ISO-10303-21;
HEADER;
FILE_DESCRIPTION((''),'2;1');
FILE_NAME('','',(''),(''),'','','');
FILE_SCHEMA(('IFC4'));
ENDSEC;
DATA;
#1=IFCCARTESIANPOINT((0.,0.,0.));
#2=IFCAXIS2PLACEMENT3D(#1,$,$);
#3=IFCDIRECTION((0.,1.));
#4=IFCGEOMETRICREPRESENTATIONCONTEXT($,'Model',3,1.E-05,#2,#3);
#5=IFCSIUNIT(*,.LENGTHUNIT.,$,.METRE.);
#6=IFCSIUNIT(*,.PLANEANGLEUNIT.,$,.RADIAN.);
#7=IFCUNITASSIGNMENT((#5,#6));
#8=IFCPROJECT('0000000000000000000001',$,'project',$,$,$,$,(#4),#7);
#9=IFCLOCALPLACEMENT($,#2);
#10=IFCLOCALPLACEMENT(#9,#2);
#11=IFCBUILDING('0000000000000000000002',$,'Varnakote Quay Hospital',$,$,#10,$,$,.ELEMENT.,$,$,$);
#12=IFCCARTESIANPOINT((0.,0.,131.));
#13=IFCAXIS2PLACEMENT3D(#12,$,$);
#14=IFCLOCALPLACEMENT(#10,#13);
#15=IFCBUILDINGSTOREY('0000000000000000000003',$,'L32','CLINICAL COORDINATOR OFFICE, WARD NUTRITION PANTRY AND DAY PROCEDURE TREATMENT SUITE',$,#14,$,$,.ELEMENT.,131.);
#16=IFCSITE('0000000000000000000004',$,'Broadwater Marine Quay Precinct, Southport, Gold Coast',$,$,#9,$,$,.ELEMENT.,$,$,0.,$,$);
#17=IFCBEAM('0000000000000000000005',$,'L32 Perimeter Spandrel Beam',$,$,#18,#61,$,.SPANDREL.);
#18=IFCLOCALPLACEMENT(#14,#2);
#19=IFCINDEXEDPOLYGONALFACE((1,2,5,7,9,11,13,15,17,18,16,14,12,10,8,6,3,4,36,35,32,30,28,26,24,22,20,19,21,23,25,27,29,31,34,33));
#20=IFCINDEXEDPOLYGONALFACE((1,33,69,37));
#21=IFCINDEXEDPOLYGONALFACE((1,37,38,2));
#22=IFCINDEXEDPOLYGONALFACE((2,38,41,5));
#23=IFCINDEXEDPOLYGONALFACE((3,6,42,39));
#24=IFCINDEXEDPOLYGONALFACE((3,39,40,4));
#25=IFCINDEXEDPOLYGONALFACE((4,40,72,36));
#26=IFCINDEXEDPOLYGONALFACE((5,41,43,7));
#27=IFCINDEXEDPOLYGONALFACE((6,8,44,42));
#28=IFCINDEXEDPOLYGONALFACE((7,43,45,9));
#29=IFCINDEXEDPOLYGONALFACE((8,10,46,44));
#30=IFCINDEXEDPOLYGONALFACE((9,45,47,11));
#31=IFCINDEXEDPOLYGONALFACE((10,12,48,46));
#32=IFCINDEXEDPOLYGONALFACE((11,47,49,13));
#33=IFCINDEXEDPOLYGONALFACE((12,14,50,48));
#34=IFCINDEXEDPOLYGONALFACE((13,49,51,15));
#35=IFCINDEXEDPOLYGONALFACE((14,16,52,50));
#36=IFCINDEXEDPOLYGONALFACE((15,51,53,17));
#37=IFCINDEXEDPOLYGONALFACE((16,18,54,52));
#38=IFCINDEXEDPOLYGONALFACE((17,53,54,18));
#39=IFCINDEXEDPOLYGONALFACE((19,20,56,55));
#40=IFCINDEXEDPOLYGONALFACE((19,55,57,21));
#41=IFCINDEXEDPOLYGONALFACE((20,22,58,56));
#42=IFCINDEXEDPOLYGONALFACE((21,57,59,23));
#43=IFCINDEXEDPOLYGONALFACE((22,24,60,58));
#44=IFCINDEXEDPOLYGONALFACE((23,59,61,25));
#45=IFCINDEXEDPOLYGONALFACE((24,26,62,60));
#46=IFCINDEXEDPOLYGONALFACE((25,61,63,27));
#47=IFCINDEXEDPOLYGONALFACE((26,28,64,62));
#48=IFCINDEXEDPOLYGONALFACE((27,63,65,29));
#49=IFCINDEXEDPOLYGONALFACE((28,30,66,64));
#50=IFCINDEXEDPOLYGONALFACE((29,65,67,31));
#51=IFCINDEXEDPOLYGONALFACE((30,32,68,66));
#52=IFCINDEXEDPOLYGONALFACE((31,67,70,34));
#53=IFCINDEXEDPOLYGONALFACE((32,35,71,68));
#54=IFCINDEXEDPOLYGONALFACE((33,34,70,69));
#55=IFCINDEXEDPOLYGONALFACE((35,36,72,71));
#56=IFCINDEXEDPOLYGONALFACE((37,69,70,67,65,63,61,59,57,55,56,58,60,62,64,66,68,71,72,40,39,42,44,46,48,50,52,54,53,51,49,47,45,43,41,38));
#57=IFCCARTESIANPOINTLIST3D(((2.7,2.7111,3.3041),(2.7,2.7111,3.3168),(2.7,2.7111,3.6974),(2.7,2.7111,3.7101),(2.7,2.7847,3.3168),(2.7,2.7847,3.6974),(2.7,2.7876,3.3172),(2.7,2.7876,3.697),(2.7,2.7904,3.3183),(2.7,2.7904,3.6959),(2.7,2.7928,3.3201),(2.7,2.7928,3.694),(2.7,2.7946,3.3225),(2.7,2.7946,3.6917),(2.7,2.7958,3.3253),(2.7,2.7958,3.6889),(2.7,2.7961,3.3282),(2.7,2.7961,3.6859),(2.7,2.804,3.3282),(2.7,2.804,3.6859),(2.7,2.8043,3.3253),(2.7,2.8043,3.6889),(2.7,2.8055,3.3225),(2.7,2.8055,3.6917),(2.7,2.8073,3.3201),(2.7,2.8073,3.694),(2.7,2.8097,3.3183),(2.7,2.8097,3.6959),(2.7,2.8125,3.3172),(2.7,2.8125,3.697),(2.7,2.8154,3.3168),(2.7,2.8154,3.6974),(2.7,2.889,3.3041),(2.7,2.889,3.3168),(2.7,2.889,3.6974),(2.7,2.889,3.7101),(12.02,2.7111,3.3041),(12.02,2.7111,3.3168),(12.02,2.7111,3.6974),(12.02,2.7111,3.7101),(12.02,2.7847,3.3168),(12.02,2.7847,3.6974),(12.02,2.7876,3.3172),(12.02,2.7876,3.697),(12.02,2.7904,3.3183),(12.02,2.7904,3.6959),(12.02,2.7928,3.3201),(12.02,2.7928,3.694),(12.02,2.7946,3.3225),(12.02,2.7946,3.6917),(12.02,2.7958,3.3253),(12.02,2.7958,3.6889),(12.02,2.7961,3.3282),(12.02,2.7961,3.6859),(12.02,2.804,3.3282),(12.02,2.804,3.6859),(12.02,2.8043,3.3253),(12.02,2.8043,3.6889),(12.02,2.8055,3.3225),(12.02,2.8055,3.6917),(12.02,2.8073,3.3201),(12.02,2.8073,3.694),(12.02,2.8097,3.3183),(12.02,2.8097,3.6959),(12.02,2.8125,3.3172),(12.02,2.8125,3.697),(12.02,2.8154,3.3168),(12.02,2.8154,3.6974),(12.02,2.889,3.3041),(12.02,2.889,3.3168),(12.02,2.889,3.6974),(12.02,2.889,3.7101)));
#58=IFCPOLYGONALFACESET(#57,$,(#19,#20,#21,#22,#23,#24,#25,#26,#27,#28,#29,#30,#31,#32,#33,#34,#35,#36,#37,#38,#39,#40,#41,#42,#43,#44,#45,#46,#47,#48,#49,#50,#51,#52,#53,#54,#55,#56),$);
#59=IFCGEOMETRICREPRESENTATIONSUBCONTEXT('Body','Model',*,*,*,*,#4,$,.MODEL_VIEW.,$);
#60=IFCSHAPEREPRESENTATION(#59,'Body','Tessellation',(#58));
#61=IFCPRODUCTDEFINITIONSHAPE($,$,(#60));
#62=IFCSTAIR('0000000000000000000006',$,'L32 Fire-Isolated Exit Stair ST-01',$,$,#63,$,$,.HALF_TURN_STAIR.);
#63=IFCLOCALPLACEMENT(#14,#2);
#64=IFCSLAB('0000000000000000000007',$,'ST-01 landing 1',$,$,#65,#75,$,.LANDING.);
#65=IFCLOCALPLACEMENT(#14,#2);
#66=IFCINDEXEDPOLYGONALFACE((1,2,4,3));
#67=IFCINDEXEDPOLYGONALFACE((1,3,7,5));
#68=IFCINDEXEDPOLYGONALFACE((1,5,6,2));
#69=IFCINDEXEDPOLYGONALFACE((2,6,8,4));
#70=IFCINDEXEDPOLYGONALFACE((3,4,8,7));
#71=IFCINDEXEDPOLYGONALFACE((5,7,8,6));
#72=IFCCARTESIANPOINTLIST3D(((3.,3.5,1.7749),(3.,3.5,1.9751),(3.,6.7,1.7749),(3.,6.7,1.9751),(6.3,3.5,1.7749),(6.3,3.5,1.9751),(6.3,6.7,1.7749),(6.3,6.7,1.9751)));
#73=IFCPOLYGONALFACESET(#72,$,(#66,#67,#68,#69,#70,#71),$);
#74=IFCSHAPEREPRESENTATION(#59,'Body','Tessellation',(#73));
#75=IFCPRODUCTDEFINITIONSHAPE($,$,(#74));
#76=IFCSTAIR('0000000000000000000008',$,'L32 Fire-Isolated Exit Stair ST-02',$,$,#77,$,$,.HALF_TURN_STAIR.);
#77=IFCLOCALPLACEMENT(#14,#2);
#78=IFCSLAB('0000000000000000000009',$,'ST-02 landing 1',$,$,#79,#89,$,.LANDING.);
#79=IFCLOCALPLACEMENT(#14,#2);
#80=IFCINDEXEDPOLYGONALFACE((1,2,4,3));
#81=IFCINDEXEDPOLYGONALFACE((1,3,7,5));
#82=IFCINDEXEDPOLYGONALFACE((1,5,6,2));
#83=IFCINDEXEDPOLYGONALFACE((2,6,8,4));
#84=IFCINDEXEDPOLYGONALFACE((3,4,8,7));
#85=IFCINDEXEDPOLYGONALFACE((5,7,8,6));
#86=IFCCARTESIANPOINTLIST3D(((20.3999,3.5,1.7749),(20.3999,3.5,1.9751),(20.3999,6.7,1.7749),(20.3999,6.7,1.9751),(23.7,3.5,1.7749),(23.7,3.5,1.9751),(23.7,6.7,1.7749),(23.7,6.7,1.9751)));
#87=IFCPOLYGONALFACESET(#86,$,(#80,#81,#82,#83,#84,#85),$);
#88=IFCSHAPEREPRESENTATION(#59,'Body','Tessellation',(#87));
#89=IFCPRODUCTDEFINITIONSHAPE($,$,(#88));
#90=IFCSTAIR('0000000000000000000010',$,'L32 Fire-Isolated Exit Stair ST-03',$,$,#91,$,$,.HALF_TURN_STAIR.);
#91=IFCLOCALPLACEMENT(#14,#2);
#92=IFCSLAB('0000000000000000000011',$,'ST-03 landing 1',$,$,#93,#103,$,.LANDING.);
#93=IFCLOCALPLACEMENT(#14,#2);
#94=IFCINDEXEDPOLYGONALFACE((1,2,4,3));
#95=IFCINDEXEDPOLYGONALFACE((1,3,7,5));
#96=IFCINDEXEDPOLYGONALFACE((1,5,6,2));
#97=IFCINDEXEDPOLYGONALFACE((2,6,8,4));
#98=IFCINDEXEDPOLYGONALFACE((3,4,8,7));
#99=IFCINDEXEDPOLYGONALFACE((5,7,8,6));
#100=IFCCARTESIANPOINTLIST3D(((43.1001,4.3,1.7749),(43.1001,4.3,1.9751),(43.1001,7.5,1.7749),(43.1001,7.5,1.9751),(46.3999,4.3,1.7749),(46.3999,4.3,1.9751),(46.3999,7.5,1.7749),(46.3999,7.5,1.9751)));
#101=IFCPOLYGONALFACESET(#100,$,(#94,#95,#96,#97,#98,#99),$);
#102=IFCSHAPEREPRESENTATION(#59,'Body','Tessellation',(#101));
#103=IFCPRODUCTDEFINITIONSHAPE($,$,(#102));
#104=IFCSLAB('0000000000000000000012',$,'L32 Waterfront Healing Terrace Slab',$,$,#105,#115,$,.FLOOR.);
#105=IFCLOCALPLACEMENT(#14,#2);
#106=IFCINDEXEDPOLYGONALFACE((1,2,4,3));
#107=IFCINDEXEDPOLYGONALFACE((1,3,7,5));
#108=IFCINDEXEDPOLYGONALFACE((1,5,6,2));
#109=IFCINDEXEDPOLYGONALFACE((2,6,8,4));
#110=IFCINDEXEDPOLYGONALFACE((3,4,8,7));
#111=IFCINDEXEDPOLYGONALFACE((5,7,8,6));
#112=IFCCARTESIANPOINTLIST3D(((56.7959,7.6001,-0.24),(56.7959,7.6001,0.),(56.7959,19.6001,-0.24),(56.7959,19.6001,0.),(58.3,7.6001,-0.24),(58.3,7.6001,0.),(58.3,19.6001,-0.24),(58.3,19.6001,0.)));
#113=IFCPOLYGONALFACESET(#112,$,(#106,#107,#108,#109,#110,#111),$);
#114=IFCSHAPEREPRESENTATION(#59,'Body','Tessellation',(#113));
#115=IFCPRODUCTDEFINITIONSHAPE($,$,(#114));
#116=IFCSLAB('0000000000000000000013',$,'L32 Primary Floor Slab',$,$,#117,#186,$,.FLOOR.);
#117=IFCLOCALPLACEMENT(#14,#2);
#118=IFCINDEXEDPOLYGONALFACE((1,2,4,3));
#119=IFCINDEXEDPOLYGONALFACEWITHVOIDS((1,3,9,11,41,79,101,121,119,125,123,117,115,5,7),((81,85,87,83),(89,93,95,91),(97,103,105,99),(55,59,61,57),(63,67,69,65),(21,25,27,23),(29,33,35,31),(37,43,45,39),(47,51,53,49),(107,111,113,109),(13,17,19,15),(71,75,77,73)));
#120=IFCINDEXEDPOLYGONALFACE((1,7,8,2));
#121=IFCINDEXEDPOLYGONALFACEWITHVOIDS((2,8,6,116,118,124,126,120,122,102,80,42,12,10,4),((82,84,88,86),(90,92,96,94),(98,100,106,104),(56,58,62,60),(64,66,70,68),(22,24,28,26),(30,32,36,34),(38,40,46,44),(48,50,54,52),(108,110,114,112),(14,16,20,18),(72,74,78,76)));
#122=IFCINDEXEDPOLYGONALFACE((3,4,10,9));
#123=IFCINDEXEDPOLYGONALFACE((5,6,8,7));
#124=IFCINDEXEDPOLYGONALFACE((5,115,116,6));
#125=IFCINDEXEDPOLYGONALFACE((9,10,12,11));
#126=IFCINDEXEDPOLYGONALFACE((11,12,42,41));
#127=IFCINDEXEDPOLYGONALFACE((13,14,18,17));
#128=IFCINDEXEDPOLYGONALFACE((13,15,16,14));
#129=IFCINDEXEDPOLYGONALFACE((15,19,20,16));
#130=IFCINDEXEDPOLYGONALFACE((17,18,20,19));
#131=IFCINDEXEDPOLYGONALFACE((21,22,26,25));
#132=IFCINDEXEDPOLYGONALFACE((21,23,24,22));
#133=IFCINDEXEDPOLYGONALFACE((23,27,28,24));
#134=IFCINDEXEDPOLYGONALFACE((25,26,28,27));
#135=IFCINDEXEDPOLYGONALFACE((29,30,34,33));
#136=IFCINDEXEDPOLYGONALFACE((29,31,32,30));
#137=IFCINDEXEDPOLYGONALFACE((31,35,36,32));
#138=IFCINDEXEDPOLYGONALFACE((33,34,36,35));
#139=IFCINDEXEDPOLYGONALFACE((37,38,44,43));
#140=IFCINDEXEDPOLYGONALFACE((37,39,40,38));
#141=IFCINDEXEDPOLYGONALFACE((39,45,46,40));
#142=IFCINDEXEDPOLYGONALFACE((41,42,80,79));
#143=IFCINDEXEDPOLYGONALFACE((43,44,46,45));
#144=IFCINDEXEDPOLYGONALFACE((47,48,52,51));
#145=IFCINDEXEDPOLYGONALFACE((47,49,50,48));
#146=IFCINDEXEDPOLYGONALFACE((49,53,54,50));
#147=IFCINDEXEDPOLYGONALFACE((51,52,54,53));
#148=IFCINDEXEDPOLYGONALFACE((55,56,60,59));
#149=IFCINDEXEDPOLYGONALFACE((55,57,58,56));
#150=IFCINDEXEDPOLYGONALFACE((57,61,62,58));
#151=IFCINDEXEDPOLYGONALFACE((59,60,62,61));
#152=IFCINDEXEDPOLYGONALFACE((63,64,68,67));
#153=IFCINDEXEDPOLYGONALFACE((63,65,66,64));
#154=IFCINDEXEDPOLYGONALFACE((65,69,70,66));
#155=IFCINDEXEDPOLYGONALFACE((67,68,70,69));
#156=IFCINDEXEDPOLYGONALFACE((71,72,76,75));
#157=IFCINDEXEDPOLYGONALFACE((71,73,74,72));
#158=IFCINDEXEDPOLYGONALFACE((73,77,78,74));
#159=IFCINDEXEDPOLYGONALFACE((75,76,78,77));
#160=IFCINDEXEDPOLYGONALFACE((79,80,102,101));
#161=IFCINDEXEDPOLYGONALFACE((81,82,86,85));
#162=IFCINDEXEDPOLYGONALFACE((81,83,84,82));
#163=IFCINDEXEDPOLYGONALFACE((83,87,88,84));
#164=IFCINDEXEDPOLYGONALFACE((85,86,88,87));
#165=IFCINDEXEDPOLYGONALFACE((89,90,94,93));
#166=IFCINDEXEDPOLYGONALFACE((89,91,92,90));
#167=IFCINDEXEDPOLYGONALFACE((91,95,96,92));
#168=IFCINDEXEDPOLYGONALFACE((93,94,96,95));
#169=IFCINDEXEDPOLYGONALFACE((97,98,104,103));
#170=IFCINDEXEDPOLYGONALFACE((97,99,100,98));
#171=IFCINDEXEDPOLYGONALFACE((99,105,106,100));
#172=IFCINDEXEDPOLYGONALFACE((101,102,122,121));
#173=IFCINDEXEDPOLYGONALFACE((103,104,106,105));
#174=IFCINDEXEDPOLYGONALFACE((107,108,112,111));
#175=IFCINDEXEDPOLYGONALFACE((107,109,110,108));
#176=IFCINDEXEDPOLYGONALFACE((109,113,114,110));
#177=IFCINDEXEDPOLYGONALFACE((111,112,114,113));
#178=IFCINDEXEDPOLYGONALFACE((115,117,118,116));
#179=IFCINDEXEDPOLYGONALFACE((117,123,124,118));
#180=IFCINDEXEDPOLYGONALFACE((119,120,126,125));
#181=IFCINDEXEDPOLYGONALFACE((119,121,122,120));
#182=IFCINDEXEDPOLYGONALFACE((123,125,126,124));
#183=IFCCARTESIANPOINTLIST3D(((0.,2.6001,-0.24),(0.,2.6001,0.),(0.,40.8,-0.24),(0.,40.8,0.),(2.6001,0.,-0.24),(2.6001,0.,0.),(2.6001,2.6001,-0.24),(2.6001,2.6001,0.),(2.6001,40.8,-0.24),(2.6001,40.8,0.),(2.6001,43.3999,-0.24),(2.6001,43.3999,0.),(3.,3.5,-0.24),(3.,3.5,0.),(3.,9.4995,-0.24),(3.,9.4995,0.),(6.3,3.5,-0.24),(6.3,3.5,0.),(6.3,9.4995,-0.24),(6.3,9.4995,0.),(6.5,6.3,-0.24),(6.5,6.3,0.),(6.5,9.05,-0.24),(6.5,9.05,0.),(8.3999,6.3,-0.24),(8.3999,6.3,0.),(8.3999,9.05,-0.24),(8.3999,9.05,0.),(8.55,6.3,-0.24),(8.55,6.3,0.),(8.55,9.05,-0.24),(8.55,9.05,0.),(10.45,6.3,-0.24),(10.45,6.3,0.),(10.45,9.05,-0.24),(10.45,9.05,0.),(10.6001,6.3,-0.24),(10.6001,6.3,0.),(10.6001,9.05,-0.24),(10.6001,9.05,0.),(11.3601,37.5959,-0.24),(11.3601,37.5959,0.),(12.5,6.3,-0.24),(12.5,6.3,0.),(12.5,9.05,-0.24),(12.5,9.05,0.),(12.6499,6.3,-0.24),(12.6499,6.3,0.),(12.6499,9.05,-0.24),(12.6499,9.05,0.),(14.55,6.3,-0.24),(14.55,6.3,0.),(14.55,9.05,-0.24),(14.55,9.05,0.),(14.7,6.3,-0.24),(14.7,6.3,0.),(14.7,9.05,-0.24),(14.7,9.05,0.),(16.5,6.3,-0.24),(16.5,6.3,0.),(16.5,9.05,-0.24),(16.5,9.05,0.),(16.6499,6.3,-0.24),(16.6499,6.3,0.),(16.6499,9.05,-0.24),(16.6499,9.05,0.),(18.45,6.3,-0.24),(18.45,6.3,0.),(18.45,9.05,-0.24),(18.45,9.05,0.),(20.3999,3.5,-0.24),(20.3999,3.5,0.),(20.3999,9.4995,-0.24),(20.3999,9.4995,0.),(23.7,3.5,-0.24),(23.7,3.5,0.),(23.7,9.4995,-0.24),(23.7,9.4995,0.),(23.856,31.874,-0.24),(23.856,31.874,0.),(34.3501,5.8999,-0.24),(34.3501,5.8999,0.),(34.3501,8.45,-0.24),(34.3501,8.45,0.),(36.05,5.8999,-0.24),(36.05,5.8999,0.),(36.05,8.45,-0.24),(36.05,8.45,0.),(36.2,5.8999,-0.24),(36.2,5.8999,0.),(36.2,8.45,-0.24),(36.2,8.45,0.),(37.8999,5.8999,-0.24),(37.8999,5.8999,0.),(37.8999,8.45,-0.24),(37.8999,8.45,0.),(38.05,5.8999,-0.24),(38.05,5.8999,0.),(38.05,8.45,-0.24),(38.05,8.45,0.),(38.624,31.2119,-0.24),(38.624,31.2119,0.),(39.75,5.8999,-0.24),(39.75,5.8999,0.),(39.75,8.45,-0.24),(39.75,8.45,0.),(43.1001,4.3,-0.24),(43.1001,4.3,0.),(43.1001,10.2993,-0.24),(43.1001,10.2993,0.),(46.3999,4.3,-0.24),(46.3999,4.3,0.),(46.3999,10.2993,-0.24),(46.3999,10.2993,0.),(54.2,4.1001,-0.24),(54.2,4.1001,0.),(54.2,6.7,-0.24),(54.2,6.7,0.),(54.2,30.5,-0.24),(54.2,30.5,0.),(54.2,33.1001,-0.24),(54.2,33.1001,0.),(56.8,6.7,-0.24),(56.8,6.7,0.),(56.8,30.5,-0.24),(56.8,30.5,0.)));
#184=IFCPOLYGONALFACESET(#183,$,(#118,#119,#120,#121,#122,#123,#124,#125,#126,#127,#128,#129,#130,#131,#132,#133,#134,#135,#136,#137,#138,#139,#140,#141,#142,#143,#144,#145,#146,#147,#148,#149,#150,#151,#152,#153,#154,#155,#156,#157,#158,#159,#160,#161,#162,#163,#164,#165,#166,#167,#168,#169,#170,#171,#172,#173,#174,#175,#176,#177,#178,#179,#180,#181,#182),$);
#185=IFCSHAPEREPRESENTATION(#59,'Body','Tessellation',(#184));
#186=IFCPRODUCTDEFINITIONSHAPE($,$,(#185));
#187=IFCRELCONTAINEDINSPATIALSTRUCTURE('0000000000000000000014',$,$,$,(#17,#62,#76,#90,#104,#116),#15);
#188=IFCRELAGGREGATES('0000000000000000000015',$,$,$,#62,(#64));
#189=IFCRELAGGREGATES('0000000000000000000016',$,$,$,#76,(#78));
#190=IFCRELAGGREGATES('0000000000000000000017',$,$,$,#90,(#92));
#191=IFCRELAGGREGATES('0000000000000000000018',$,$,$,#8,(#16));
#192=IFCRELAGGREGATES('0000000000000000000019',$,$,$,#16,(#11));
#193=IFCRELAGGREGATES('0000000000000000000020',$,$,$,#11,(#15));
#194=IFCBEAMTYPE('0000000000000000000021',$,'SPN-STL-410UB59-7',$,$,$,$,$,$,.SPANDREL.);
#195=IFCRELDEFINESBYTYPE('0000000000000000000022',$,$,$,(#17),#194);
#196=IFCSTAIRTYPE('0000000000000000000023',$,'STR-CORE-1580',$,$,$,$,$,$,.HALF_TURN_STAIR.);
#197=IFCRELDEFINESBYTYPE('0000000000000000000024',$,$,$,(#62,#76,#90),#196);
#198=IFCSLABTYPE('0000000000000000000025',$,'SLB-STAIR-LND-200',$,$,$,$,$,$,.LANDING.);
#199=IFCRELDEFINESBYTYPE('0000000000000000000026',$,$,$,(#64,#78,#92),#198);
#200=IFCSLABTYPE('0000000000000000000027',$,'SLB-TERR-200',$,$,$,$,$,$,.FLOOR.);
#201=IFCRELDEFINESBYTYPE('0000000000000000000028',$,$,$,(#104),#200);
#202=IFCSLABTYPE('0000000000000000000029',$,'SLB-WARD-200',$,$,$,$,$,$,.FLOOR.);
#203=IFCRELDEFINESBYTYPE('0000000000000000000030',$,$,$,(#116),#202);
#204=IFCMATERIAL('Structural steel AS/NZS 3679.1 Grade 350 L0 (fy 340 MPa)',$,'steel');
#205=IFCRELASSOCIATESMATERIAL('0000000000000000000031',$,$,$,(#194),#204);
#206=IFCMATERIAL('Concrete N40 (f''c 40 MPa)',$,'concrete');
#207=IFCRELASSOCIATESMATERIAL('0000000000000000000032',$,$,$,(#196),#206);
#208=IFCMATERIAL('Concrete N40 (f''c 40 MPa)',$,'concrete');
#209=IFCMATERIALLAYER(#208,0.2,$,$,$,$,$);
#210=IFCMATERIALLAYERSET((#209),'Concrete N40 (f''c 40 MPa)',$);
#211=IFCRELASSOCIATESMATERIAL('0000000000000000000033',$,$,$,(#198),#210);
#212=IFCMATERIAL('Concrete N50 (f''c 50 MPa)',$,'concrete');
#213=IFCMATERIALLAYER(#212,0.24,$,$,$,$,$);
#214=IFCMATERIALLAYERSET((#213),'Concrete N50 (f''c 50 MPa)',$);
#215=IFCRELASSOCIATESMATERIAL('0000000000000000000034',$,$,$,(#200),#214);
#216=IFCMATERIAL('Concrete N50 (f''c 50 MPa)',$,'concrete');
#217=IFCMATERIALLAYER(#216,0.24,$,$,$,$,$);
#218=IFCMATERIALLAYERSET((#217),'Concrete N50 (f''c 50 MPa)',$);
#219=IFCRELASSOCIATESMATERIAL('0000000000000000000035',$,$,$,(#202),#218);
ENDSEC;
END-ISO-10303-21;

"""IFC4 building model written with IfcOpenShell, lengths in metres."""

from ifc_helpers import new_model, si_unit, direction, frame, origin, origin_2d, place, context, subcontext, project, spatial, polyline, i_section, outline, extrude, material, layer, layer_set, material_profile, profile_set, type_object, element, aggregate, save


model = new_model("IFC4")

# Units and contexts
model_context = context("Model", 3, precision=1e-05, world=origin(), true_north=direction((0.0, 1.0)))
body_context = subcontext(model_context, "Body", "Model", "MODEL_VIEW")
ifc_project = project(units=[si_unit("LENGTHUNIT", "METRE"), si_unit("PLANEANGLEUNIT", "RADIAN")], contexts=[model_context])

# Site, building, storey
site_placement = place(None, origin())
site = spatial("IfcSite", under=ifc_project, at=site_placement, Name="Broadwater Marine Quay Precinct, Southport, Gold Coast", CompositionType="ELEMENT", RefElevation=0.0)
building_placement = place(site_placement, origin())
building = spatial("IfcBuilding", under=site, at=building_placement, Name="Varnakote Quay Hospital", CompositionType="ELEMENT")
storey_placement = place(building_placement, frame((0.0, 0.0, 131.0)))
storey = spatial("IfcBuildingStorey", under=building, at=storey_placement, Name="L32", Description="CLINICAL COORDINATOR OFFICE, WARD NUTRITION PANTRY AND DAY PROCEDURE TREATMENT SUITE", CompositionType="ELEMENT", Elevation=131.0)

# Beam
ifc_material_1 = material(Name="Structural steel AS/NZS 3679.1 Grade 350 L0 (fy 340 MPa)", Category="steel")
ifc_material_profile_1 = material_profile(ifc_material_1, i_section(OverallWidth=0.178, OverallDepth=0.406, WebThickness=0.0078, FlangeThickness=0.0127, FilletRadius=0.0115, at=origin_2d()), Name="410UB59.7")
ifc_profile_set_1 = profile_set([ifc_material_profile_1], Name="Structural steel AS/NZS 3679.1 Grade 350 L0 (fy 340 MPa)")
beam_type_1 = type_object("IfcBeamType", Name="SPN-STL-410UB59-7", PredefinedType="SPANDREL", material=ifc_profile_set_1)
beam_1_placement = place(storey_placement, frame((2.7, 2.8, 3.5071), z_axis=(1.0, 0.0, 0.0), x_axis=(0.0, 1.0, 0.0)))
element("IfcBeam", 1, at=beam_1_placement, inside=storey, type_object=beam_type_1, Name="L32 Perimeter Spandrel Beam", PredefinedType="SPANDREL", context=body_context, shape_type="SweptSolid", body=[
    extrude(i_section(OverallWidth=0.178, OverallDepth=0.406, WebThickness=0.0078, FlangeThickness=0.0127, FilletRadius=0.0115, at=origin_2d()), origin(), (0.0, 0.0, 1.0), 9.3201),
])

# Stairs, slabs
ifc_material_2 = material(Name="Concrete N40 (f'c 40 MPa)", Category="concrete")
stair_type = type_object("IfcStairType", Name="STR-CORE-1580", PredefinedType="HALF_TURN_STAIR", material=ifc_material_2)
stair_1_placement = place(storey_placement, origin())
stair_1 = element("IfcStair", 2, at=stair_1_placement, inside=storey, type_object=stair_type, Name="L32 Fire-Isolated Exit Stair ST-01", PredefinedType="HALF_TURN_STAIR")
ifc_material_3 = material(Name="Concrete N40 (f'c 40 MPa)", Category="concrete")
ifc_layer_1 = layer(ifc_material_3, 0.2)
ifc_layer_set_1 = layer_set([ifc_layer_1], Name="Concrete N40 (f'c 40 MPa)")
slab_type_1 = type_object("IfcSlabType", Name="SLB-STAIR-LND-200", PredefinedType="LANDING", material=ifc_layer_set_1)
slab_1_placement = place(storey_placement, frame((0.0, 0.0, 1.7749)))
slab_1 = element("IfcSlab", 3, at=slab_1_placement, type_object=slab_type_1, Name="ST-01 landing 1", PredefinedType="LANDING", context=body_context, shape_type="SweptSolid", body=[
    extrude(outline(polyline([(3.0, 6.7), (3.0, 3.5), (6.3, 3.5), (6.3, 6.7), (3.0, 6.7)])), origin(), (0.0, 0.0, 1.0), 0.2002),
])
aggregate(stair_1, [slab_1])
stair_2_placement = place(storey_placement, origin())
stair_2 = element("IfcStair", 4, at=stair_2_placement, inside=storey, type_object=stair_type, Name="L32 Fire-Isolated Exit Stair ST-02", PredefinedType="HALF_TURN_STAIR")
slab_2_placement = place(storey_placement, frame((0.0, 0.0, 1.7749)))
slab_2 = element("IfcSlab", 5, at=slab_2_placement, type_object=slab_type_1, Name="ST-02 landing 1", PredefinedType="LANDING", context=body_context, shape_type="SweptSolid", body=[
    extrude(outline(polyline([(20.3999, 6.7), (20.3999, 3.5), (23.7, 3.5), (23.7, 6.7), (20.3999, 6.7)])), origin(), (0.0, 0.0, 1.0), 0.2002),
])
aggregate(stair_2, [slab_2])
stair_3_placement = place(storey_placement, origin())
stair_3 = element("IfcStair", 6, at=stair_3_placement, inside=storey, type_object=stair_type, Name="L32 Fire-Isolated Exit Stair ST-03", PredefinedType="HALF_TURN_STAIR")
slab_3_placement = place(storey_placement, frame((0.0, 0.0, 1.7749)))
slab_3 = element("IfcSlab", 7, at=slab_3_placement, type_object=slab_type_1, Name="ST-03 landing 1", PredefinedType="LANDING", context=body_context, shape_type="SweptSolid", body=[
    extrude(outline(polyline([(43.1001, 7.5), (43.1001, 4.3), (46.3999, 4.3), (46.3999, 7.5), (43.1001, 7.5)])), origin(), (0.0, 0.0, 1.0), 0.2002),
])
aggregate(stair_3, [slab_3])

# Slabs
ifc_material_4 = material(Name="Concrete N50 (f'c 50 MPa)", Category="concrete")
ifc_layer_2 = layer(ifc_material_4, 0.24)
ifc_layer_set_2 = layer_set([ifc_layer_2], Name="Concrete N50 (f'c 50 MPa)")
slab_type_2 = type_object("IfcSlabType", Name="SLB-TERR-200", PredefinedType="FLOOR", material=ifc_layer_set_2)
slab_4_placement = place(storey_placement, frame((0.0, 0.0, -0.24)))
element("IfcSlab", 8, at=slab_4_placement, inside=storey, type_object=slab_type_2, Name="L32 Waterfront Healing Terrace Slab", PredefinedType="FLOOR", context=body_context, shape_type="SweptSolid", body=[
    extrude(outline(polyline([(56.7959, 7.6001), (58.3, 7.6001), (58.3, 19.6001), (56.7959, 19.6001), (56.7959, 7.6001)])), origin(), (0.0, 0.0, 1.0), 0.24),
])
ifc_material_5 = material(Name="Concrete N50 (f'c 50 MPa)", Category="concrete")
ifc_layer_3 = layer(ifc_material_5, 0.24)
ifc_layer_set_3 = layer_set([ifc_layer_3], Name="Concrete N50 (f'c 50 MPa)")
slab_type_3 = type_object("IfcSlabType", Name="SLB-WARD-200", PredefinedType="FLOOR", material=ifc_layer_set_3)
slab_5_placement = place(storey_placement, frame((0.0, 0.0, -0.24)))
element("IfcSlab", 9, at=slab_5_placement, inside=storey, type_object=slab_type_3, Name="L32 Primary Floor Slab", PredefinedType="FLOOR", context=body_context, shape_type="SweptSolid", body=[
    extrude(outline(polyline([(0.0, 2.6001), (2.6001, 2.6001), (2.6001, 0.0), (54.2, 4.1001), (54.2, 6.7), (56.8, 6.7), (56.8, 30.5), (54.2, 30.5), (54.2, 33.1001), (38.624, 31.2119), (23.856, 31.874), (11.3601, 37.5959), (2.6001, 43.3999), (2.6001, 40.8), (0.0, 40.8), (0.0, 2.6001)]), holes=[polyline([(3.0, 3.5), (6.3, 3.5), (6.3, 9.4995), (3.0, 9.4995), (3.0, 3.5)]), polyline([(20.3999, 3.5), (23.7, 3.5), (23.7, 9.4995), (20.3999, 9.4995), (20.3999, 3.5)]), polyline([(43.1001, 4.3), (46.3999, 4.3), (46.3999, 10.2993), (43.1001, 10.2993), (43.1001, 4.3)]), polyline([(6.5, 6.3), (8.3999, 6.3), (8.3999, 9.05), (6.5, 9.05), (6.5, 6.3)]), polyline([(8.55, 6.3), (10.45, 6.3), (10.45, 9.05), (8.55, 9.05), (8.55, 6.3)]), polyline([(10.6001, 6.3), (12.5, 6.3), (12.5, 9.05), (10.6001, 9.05), (10.6001, 6.3)]), polyline([(12.6499, 6.3), (14.55, 6.3), (14.55, 9.05), (12.6499, 9.05), (12.6499, 6.3)]), polyline([(14.7, 6.3), (16.5, 6.3), (16.5, 9.05), (14.7, 9.05), (14.7, 6.3)]), polyline([(16.6499, 6.3), (18.45, 6.3), (18.45, 9.05), (16.6499, 9.05), (16.6499, 6.3)]), polyline([(34.3501, 5.8999), (36.05, 5.8999), (36.05, 8.45), (34.3501, 8.45), (34.3501, 5.8999)]), polyline([(36.2, 5.8999), (37.8999, 5.8999), (37.8999, 8.45), (36.2, 8.45), (36.2, 5.8999)]), polyline([(38.05, 5.8999), (39.75, 5.8999), (39.75, 8.45), (38.05, 8.45), (38.05, 5.8999)])]), origin(), (0.0, 0.0, 1.0), 0.24),
])

save(model, "model.ifc")
